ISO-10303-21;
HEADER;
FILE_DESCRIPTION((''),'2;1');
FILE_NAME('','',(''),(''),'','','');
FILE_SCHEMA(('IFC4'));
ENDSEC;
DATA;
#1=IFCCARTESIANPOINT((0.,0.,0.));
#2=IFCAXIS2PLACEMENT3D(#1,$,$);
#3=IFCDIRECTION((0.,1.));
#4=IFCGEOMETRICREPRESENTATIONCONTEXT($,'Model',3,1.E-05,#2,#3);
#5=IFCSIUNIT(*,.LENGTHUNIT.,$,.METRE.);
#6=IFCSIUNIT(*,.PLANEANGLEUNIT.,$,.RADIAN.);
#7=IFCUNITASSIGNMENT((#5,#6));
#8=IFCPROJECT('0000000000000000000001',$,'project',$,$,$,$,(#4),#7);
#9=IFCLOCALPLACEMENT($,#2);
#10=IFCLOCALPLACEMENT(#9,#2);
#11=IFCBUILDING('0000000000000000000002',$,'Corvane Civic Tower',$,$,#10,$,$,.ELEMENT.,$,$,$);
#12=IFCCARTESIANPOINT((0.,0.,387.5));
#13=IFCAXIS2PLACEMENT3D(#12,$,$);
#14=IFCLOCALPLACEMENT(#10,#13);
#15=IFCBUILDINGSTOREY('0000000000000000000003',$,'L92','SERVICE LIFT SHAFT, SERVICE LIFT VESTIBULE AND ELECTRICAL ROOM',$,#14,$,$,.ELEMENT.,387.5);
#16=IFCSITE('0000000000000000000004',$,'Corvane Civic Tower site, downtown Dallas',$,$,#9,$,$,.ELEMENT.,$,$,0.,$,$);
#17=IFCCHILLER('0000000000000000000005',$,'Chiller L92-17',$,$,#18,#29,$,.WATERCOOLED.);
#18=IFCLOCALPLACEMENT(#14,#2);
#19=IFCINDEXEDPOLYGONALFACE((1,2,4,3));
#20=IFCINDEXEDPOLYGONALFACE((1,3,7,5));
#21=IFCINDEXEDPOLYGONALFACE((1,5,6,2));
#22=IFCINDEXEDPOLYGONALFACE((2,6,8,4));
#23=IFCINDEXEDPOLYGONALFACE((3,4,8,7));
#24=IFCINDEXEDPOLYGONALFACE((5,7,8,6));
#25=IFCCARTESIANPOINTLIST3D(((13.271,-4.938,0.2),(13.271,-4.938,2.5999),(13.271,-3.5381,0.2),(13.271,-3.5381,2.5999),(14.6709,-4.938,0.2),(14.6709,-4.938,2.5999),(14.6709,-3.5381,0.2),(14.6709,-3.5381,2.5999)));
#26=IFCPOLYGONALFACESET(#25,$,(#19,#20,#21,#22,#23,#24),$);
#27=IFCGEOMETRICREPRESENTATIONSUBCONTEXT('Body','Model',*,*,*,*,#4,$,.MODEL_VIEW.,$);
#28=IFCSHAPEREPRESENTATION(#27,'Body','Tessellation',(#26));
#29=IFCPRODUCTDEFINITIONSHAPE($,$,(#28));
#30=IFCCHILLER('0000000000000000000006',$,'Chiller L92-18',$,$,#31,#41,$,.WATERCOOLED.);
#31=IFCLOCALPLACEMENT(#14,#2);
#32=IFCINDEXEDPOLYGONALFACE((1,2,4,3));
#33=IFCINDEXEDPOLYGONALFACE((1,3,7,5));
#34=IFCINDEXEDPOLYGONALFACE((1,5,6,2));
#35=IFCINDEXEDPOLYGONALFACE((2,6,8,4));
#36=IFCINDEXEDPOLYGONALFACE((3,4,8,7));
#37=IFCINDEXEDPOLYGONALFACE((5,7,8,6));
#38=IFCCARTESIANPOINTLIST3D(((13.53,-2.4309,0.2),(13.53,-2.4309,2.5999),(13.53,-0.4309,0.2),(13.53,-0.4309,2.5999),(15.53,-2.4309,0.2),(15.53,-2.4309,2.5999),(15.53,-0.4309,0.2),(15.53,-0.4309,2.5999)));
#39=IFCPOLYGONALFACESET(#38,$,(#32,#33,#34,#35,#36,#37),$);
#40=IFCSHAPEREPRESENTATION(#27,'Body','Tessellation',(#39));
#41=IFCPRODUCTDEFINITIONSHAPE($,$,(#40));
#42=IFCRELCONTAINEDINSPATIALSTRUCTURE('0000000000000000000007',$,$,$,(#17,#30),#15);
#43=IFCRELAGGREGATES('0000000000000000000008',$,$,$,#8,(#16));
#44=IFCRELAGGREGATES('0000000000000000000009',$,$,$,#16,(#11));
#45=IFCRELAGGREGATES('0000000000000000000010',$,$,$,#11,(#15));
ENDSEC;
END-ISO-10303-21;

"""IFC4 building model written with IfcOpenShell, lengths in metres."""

from ifc_helpers import new_model, si_unit, direction, frame, origin, origin_2d, place, context, subcontext, project, spatial, rectangle, extrude, element, save


model = new_model("IFC4")

# Units and contexts
model_context = context("Model", 3, precision=1e-05, world=origin(), true_north=direction((0.0, 1.0)))
body_context = subcontext(model_context, "Body", "Model", "MODEL_VIEW")
ifc_project = project(units=[si_unit("LENGTHUNIT", "METRE"), si_unit("PLANEANGLEUNIT", "RADIAN")], contexts=[model_context])

# Site, building, storey
site_placement = place(None, origin())
site = spatial("IfcSite", under=ifc_project, at=site_placement, Name="Corvane Civic Tower site, downtown Dallas", CompositionType="ELEMENT", RefElevation=0.0)
building_placement = place(site_placement, origin())
building = spatial("IfcBuilding", under=site, at=building_placement, Name="Corvane Civic Tower", CompositionType="ELEMENT")
storey_placement = place(building_placement, frame((0.0, 0.0, 387.5)))
storey = spatial("IfcBuildingStorey", under=building, at=storey_placement, Name="L92", Description="SERVICE LIFT SHAFT, SERVICE LIFT VESTIBULE AND ELECTRICAL ROOM", CompositionType="ELEMENT", Elevation=387.5)

# Chillers
chiller_1_placement = place(storey_placement, frame((13.9709, -4.238, 0.2), z_axis=(0.0, 0.0, 1.0), x_axis=(1.0, 0.0, 0.0)))
element("IfcChiller", 1, at=chiller_1_placement, inside=storey, Name="Chiller L92-17", PredefinedType="WATERCOOLED", context=body_context, shape_type="SweptSolid", body=[
    extrude(rectangle(XDim=1.3999, YDim=1.3999, at=origin_2d()), origin(), (0.0, 0.0, 1.0), 2.3999),
])
chiller_2_placement = place(storey_placement, frame((14.53, -1.4309, 0.2), z_axis=(0.0, 0.0, 1.0), x_axis=(1.0, 0.0, 0.0)))
element("IfcChiller", 2, at=chiller_2_placement, inside=storey, Name="Chiller L92-18", PredefinedType="WATERCOOLED", context=body_context, shape_type="SweptSolid", body=[
    extrude(rectangle(XDim=2.0, YDim=2.0, at=origin_2d()), origin(), (0.0, 0.0, 1.0), 2.3999),
])

save(model, "model.ifc")
